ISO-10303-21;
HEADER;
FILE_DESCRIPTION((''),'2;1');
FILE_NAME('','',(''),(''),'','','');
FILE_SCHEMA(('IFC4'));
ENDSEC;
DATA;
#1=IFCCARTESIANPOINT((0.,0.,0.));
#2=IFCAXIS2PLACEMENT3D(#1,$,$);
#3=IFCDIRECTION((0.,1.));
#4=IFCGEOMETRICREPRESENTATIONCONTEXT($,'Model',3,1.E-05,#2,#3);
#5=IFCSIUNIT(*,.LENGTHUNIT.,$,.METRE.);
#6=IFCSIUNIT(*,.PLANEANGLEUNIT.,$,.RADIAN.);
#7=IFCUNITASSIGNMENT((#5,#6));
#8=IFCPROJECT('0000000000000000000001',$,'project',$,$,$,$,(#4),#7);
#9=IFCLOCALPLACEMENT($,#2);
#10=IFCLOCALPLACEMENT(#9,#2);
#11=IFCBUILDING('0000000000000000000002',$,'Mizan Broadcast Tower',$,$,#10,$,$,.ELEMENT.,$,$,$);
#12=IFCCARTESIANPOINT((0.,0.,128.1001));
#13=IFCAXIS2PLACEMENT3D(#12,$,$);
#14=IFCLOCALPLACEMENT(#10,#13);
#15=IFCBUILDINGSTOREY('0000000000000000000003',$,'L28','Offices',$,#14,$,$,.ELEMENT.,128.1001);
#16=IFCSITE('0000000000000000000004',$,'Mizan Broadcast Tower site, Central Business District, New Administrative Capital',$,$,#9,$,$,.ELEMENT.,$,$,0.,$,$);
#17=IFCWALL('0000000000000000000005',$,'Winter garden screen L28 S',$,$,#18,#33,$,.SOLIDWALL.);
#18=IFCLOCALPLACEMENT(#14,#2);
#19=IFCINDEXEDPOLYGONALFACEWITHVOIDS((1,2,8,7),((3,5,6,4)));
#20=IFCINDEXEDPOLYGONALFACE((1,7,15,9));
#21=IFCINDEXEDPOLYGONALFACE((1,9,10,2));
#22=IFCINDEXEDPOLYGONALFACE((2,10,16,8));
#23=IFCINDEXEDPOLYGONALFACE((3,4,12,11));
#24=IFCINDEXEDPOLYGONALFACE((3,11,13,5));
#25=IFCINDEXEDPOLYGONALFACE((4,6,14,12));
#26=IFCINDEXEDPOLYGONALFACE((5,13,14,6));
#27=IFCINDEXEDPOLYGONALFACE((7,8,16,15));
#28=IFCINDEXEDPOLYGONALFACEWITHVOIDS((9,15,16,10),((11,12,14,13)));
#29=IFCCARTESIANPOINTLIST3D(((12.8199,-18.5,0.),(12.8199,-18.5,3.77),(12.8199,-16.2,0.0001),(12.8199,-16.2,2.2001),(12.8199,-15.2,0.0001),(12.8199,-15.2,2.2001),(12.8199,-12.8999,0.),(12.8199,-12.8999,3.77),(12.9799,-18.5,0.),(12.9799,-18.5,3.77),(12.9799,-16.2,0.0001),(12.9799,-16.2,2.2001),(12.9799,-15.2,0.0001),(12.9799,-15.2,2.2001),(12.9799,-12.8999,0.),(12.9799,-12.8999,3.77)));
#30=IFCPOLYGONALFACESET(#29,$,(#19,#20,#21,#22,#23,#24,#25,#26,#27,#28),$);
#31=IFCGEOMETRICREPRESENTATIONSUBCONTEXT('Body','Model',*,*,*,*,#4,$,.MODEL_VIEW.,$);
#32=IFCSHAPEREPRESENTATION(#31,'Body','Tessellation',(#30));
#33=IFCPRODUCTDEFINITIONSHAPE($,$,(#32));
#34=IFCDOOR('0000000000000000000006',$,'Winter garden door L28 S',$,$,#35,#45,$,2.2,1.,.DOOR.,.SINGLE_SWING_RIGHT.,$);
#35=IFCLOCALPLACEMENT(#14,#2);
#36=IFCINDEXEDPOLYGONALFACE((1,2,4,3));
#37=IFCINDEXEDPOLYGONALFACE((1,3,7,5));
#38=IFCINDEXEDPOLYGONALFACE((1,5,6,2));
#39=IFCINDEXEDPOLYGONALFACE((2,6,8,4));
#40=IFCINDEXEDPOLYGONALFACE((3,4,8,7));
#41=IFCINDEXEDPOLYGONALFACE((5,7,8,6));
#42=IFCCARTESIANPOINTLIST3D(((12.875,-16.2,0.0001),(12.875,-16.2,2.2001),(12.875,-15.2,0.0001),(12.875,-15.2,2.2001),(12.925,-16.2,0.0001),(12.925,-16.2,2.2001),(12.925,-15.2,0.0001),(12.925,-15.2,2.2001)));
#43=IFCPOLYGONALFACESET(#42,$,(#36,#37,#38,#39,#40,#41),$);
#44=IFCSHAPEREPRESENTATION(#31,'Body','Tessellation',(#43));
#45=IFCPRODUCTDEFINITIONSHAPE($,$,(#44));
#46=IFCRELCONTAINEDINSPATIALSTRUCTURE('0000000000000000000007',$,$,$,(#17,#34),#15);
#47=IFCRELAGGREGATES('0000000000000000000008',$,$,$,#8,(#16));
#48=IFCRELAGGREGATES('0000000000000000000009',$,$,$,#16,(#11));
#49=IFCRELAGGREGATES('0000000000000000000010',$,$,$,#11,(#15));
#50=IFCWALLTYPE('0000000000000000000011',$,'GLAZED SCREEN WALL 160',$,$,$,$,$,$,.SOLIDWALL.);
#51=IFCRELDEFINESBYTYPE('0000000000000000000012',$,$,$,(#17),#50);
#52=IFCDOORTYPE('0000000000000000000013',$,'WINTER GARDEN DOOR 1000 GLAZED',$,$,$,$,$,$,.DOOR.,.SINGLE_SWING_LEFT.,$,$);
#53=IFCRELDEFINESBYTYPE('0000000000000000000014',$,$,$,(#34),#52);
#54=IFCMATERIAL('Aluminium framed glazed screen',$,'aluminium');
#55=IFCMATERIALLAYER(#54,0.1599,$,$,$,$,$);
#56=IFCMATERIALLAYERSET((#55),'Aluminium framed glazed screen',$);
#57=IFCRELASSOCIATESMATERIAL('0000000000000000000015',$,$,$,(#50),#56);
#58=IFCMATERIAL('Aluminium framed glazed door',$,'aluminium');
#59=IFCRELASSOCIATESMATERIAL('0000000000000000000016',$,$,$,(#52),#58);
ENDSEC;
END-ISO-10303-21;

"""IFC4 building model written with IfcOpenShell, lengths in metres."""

from ifc_helpers import new_model, si_unit, direction, frame, frame_2d, origin, place, context, subcontext, project, spatial, rectangle, extrude, material, layer, layer_set, type_object, element, fill, save


model = new_model("IFC4")

# Units and contexts
model_context = context("Model", 3, precision=1e-05, world=origin(), true_north=direction((0.0, 1.0)))
body_context = subcontext(model_context, "Body", "Model", "MODEL_VIEW")
ifc_project = project(units=[si_unit("LENGTHUNIT", "METRE"), si_unit("PLANEANGLEUNIT", "RADIAN")], contexts=[model_context])

# Site, building, storey
site_placement = place(None, origin())
site = spatial("IfcSite", under=ifc_project, at=site_placement, Name="Mizan Broadcast Tower site, Central Business District, New Administrative Capital", CompositionType="ELEMENT", RefElevation=0.0)
building_placement = place(site_placement, origin())
building = spatial("IfcBuilding", under=site, at=building_placement, Name="Mizan Broadcast Tower", CompositionType="ELEMENT")
storey_placement = place(building_placement, frame((0.0, 0.0, 128.1001)))
storey = spatial("IfcBuildingStorey", under=building, at=storey_placement, Name="L28", Description="Offices", CompositionType="ELEMENT", Elevation=128.1001)

# Wall, opening, door
ifc_material_1 = material(Name="Aluminium framed glazed screen", Category="aluminium")
ifc_layer_1 = layer(ifc_material_1, 0.1599)
ifc_layer_set_1 = layer_set([ifc_layer_1], Name="Aluminium framed glazed screen")
wall_type = type_object("IfcWallType", Name="GLAZED SCREEN WALL 160", PredefinedType="SOLIDWALL", material=ifc_layer_set_1)
wall_placement = place(storey_placement, frame((12.8999, -18.5, 0.0), z_axis=(0.0, 0.0, 1.0), x_axis=(0.0, 1.0, 0.0)))
wall = element("IfcWall", 1, at=wall_placement, inside=storey, type_object=wall_type, Name="Winter garden screen L28 S", PredefinedType="SOLIDWALL", context=body_context, shape_type="SweptSolid", body=[
    extrude(rectangle(XDim=5.6001, YDim=0.1599, at=frame_2d((2.8, 0.0))), origin(), (0.0, 0.0, 1.0), 3.77),
])
opening_placement = place(wall_placement, frame((2.3, 0.0, 0.0)))
opening = element("IfcOpeningElement", 2, at=opening_placement, cuts=wall, PredefinedType="OPENING", context=body_context, shape_type="SweptSolid", body=[
    extrude(rectangle(XDim=1.0, YDim=2.2, at=frame_2d((0.5, 1.1001))), frame((0.0, 0.0898, 0.0), z_axis=(0.0, -1.0, 0.0), x_axis=(1.0, 0.0, 0.0)), (0.0, 0.0, 1.0), 0.1799),
])
ifc_material_2 = material(Name="Aluminium framed glazed door", Category="aluminium")
door_type = type_object("IfcDoorType", Name="WINTER GARDEN DOOR 1000 GLAZED", OperationType="SINGLE_SWING_LEFT", PredefinedType="DOOR", material=ifc_material_2)
door_placement = place(opening_placement, origin())
door = element("IfcDoor", 3, at=door_placement, inside=storey, type_object=door_type, Name="Winter garden door L28 S", OperationType="SINGLE_SWING_RIGHT", OverallHeight=2.2, OverallWidth=1.0, PredefinedType="DOOR", context=body_context, shape_type="SweptSolid", body=[
    extrude(rectangle(XDim=1.0, YDim=2.2, at=frame_2d((0.5, 1.1001))), frame((0.0, 0.0249, 0.0), z_axis=(0.0, -1.0, 0.0), x_axis=(1.0, 0.0, 0.0)), (0.0, 0.0, 1.0), 0.05),
])
fill(opening, door)

save(model, "model.ifc")
